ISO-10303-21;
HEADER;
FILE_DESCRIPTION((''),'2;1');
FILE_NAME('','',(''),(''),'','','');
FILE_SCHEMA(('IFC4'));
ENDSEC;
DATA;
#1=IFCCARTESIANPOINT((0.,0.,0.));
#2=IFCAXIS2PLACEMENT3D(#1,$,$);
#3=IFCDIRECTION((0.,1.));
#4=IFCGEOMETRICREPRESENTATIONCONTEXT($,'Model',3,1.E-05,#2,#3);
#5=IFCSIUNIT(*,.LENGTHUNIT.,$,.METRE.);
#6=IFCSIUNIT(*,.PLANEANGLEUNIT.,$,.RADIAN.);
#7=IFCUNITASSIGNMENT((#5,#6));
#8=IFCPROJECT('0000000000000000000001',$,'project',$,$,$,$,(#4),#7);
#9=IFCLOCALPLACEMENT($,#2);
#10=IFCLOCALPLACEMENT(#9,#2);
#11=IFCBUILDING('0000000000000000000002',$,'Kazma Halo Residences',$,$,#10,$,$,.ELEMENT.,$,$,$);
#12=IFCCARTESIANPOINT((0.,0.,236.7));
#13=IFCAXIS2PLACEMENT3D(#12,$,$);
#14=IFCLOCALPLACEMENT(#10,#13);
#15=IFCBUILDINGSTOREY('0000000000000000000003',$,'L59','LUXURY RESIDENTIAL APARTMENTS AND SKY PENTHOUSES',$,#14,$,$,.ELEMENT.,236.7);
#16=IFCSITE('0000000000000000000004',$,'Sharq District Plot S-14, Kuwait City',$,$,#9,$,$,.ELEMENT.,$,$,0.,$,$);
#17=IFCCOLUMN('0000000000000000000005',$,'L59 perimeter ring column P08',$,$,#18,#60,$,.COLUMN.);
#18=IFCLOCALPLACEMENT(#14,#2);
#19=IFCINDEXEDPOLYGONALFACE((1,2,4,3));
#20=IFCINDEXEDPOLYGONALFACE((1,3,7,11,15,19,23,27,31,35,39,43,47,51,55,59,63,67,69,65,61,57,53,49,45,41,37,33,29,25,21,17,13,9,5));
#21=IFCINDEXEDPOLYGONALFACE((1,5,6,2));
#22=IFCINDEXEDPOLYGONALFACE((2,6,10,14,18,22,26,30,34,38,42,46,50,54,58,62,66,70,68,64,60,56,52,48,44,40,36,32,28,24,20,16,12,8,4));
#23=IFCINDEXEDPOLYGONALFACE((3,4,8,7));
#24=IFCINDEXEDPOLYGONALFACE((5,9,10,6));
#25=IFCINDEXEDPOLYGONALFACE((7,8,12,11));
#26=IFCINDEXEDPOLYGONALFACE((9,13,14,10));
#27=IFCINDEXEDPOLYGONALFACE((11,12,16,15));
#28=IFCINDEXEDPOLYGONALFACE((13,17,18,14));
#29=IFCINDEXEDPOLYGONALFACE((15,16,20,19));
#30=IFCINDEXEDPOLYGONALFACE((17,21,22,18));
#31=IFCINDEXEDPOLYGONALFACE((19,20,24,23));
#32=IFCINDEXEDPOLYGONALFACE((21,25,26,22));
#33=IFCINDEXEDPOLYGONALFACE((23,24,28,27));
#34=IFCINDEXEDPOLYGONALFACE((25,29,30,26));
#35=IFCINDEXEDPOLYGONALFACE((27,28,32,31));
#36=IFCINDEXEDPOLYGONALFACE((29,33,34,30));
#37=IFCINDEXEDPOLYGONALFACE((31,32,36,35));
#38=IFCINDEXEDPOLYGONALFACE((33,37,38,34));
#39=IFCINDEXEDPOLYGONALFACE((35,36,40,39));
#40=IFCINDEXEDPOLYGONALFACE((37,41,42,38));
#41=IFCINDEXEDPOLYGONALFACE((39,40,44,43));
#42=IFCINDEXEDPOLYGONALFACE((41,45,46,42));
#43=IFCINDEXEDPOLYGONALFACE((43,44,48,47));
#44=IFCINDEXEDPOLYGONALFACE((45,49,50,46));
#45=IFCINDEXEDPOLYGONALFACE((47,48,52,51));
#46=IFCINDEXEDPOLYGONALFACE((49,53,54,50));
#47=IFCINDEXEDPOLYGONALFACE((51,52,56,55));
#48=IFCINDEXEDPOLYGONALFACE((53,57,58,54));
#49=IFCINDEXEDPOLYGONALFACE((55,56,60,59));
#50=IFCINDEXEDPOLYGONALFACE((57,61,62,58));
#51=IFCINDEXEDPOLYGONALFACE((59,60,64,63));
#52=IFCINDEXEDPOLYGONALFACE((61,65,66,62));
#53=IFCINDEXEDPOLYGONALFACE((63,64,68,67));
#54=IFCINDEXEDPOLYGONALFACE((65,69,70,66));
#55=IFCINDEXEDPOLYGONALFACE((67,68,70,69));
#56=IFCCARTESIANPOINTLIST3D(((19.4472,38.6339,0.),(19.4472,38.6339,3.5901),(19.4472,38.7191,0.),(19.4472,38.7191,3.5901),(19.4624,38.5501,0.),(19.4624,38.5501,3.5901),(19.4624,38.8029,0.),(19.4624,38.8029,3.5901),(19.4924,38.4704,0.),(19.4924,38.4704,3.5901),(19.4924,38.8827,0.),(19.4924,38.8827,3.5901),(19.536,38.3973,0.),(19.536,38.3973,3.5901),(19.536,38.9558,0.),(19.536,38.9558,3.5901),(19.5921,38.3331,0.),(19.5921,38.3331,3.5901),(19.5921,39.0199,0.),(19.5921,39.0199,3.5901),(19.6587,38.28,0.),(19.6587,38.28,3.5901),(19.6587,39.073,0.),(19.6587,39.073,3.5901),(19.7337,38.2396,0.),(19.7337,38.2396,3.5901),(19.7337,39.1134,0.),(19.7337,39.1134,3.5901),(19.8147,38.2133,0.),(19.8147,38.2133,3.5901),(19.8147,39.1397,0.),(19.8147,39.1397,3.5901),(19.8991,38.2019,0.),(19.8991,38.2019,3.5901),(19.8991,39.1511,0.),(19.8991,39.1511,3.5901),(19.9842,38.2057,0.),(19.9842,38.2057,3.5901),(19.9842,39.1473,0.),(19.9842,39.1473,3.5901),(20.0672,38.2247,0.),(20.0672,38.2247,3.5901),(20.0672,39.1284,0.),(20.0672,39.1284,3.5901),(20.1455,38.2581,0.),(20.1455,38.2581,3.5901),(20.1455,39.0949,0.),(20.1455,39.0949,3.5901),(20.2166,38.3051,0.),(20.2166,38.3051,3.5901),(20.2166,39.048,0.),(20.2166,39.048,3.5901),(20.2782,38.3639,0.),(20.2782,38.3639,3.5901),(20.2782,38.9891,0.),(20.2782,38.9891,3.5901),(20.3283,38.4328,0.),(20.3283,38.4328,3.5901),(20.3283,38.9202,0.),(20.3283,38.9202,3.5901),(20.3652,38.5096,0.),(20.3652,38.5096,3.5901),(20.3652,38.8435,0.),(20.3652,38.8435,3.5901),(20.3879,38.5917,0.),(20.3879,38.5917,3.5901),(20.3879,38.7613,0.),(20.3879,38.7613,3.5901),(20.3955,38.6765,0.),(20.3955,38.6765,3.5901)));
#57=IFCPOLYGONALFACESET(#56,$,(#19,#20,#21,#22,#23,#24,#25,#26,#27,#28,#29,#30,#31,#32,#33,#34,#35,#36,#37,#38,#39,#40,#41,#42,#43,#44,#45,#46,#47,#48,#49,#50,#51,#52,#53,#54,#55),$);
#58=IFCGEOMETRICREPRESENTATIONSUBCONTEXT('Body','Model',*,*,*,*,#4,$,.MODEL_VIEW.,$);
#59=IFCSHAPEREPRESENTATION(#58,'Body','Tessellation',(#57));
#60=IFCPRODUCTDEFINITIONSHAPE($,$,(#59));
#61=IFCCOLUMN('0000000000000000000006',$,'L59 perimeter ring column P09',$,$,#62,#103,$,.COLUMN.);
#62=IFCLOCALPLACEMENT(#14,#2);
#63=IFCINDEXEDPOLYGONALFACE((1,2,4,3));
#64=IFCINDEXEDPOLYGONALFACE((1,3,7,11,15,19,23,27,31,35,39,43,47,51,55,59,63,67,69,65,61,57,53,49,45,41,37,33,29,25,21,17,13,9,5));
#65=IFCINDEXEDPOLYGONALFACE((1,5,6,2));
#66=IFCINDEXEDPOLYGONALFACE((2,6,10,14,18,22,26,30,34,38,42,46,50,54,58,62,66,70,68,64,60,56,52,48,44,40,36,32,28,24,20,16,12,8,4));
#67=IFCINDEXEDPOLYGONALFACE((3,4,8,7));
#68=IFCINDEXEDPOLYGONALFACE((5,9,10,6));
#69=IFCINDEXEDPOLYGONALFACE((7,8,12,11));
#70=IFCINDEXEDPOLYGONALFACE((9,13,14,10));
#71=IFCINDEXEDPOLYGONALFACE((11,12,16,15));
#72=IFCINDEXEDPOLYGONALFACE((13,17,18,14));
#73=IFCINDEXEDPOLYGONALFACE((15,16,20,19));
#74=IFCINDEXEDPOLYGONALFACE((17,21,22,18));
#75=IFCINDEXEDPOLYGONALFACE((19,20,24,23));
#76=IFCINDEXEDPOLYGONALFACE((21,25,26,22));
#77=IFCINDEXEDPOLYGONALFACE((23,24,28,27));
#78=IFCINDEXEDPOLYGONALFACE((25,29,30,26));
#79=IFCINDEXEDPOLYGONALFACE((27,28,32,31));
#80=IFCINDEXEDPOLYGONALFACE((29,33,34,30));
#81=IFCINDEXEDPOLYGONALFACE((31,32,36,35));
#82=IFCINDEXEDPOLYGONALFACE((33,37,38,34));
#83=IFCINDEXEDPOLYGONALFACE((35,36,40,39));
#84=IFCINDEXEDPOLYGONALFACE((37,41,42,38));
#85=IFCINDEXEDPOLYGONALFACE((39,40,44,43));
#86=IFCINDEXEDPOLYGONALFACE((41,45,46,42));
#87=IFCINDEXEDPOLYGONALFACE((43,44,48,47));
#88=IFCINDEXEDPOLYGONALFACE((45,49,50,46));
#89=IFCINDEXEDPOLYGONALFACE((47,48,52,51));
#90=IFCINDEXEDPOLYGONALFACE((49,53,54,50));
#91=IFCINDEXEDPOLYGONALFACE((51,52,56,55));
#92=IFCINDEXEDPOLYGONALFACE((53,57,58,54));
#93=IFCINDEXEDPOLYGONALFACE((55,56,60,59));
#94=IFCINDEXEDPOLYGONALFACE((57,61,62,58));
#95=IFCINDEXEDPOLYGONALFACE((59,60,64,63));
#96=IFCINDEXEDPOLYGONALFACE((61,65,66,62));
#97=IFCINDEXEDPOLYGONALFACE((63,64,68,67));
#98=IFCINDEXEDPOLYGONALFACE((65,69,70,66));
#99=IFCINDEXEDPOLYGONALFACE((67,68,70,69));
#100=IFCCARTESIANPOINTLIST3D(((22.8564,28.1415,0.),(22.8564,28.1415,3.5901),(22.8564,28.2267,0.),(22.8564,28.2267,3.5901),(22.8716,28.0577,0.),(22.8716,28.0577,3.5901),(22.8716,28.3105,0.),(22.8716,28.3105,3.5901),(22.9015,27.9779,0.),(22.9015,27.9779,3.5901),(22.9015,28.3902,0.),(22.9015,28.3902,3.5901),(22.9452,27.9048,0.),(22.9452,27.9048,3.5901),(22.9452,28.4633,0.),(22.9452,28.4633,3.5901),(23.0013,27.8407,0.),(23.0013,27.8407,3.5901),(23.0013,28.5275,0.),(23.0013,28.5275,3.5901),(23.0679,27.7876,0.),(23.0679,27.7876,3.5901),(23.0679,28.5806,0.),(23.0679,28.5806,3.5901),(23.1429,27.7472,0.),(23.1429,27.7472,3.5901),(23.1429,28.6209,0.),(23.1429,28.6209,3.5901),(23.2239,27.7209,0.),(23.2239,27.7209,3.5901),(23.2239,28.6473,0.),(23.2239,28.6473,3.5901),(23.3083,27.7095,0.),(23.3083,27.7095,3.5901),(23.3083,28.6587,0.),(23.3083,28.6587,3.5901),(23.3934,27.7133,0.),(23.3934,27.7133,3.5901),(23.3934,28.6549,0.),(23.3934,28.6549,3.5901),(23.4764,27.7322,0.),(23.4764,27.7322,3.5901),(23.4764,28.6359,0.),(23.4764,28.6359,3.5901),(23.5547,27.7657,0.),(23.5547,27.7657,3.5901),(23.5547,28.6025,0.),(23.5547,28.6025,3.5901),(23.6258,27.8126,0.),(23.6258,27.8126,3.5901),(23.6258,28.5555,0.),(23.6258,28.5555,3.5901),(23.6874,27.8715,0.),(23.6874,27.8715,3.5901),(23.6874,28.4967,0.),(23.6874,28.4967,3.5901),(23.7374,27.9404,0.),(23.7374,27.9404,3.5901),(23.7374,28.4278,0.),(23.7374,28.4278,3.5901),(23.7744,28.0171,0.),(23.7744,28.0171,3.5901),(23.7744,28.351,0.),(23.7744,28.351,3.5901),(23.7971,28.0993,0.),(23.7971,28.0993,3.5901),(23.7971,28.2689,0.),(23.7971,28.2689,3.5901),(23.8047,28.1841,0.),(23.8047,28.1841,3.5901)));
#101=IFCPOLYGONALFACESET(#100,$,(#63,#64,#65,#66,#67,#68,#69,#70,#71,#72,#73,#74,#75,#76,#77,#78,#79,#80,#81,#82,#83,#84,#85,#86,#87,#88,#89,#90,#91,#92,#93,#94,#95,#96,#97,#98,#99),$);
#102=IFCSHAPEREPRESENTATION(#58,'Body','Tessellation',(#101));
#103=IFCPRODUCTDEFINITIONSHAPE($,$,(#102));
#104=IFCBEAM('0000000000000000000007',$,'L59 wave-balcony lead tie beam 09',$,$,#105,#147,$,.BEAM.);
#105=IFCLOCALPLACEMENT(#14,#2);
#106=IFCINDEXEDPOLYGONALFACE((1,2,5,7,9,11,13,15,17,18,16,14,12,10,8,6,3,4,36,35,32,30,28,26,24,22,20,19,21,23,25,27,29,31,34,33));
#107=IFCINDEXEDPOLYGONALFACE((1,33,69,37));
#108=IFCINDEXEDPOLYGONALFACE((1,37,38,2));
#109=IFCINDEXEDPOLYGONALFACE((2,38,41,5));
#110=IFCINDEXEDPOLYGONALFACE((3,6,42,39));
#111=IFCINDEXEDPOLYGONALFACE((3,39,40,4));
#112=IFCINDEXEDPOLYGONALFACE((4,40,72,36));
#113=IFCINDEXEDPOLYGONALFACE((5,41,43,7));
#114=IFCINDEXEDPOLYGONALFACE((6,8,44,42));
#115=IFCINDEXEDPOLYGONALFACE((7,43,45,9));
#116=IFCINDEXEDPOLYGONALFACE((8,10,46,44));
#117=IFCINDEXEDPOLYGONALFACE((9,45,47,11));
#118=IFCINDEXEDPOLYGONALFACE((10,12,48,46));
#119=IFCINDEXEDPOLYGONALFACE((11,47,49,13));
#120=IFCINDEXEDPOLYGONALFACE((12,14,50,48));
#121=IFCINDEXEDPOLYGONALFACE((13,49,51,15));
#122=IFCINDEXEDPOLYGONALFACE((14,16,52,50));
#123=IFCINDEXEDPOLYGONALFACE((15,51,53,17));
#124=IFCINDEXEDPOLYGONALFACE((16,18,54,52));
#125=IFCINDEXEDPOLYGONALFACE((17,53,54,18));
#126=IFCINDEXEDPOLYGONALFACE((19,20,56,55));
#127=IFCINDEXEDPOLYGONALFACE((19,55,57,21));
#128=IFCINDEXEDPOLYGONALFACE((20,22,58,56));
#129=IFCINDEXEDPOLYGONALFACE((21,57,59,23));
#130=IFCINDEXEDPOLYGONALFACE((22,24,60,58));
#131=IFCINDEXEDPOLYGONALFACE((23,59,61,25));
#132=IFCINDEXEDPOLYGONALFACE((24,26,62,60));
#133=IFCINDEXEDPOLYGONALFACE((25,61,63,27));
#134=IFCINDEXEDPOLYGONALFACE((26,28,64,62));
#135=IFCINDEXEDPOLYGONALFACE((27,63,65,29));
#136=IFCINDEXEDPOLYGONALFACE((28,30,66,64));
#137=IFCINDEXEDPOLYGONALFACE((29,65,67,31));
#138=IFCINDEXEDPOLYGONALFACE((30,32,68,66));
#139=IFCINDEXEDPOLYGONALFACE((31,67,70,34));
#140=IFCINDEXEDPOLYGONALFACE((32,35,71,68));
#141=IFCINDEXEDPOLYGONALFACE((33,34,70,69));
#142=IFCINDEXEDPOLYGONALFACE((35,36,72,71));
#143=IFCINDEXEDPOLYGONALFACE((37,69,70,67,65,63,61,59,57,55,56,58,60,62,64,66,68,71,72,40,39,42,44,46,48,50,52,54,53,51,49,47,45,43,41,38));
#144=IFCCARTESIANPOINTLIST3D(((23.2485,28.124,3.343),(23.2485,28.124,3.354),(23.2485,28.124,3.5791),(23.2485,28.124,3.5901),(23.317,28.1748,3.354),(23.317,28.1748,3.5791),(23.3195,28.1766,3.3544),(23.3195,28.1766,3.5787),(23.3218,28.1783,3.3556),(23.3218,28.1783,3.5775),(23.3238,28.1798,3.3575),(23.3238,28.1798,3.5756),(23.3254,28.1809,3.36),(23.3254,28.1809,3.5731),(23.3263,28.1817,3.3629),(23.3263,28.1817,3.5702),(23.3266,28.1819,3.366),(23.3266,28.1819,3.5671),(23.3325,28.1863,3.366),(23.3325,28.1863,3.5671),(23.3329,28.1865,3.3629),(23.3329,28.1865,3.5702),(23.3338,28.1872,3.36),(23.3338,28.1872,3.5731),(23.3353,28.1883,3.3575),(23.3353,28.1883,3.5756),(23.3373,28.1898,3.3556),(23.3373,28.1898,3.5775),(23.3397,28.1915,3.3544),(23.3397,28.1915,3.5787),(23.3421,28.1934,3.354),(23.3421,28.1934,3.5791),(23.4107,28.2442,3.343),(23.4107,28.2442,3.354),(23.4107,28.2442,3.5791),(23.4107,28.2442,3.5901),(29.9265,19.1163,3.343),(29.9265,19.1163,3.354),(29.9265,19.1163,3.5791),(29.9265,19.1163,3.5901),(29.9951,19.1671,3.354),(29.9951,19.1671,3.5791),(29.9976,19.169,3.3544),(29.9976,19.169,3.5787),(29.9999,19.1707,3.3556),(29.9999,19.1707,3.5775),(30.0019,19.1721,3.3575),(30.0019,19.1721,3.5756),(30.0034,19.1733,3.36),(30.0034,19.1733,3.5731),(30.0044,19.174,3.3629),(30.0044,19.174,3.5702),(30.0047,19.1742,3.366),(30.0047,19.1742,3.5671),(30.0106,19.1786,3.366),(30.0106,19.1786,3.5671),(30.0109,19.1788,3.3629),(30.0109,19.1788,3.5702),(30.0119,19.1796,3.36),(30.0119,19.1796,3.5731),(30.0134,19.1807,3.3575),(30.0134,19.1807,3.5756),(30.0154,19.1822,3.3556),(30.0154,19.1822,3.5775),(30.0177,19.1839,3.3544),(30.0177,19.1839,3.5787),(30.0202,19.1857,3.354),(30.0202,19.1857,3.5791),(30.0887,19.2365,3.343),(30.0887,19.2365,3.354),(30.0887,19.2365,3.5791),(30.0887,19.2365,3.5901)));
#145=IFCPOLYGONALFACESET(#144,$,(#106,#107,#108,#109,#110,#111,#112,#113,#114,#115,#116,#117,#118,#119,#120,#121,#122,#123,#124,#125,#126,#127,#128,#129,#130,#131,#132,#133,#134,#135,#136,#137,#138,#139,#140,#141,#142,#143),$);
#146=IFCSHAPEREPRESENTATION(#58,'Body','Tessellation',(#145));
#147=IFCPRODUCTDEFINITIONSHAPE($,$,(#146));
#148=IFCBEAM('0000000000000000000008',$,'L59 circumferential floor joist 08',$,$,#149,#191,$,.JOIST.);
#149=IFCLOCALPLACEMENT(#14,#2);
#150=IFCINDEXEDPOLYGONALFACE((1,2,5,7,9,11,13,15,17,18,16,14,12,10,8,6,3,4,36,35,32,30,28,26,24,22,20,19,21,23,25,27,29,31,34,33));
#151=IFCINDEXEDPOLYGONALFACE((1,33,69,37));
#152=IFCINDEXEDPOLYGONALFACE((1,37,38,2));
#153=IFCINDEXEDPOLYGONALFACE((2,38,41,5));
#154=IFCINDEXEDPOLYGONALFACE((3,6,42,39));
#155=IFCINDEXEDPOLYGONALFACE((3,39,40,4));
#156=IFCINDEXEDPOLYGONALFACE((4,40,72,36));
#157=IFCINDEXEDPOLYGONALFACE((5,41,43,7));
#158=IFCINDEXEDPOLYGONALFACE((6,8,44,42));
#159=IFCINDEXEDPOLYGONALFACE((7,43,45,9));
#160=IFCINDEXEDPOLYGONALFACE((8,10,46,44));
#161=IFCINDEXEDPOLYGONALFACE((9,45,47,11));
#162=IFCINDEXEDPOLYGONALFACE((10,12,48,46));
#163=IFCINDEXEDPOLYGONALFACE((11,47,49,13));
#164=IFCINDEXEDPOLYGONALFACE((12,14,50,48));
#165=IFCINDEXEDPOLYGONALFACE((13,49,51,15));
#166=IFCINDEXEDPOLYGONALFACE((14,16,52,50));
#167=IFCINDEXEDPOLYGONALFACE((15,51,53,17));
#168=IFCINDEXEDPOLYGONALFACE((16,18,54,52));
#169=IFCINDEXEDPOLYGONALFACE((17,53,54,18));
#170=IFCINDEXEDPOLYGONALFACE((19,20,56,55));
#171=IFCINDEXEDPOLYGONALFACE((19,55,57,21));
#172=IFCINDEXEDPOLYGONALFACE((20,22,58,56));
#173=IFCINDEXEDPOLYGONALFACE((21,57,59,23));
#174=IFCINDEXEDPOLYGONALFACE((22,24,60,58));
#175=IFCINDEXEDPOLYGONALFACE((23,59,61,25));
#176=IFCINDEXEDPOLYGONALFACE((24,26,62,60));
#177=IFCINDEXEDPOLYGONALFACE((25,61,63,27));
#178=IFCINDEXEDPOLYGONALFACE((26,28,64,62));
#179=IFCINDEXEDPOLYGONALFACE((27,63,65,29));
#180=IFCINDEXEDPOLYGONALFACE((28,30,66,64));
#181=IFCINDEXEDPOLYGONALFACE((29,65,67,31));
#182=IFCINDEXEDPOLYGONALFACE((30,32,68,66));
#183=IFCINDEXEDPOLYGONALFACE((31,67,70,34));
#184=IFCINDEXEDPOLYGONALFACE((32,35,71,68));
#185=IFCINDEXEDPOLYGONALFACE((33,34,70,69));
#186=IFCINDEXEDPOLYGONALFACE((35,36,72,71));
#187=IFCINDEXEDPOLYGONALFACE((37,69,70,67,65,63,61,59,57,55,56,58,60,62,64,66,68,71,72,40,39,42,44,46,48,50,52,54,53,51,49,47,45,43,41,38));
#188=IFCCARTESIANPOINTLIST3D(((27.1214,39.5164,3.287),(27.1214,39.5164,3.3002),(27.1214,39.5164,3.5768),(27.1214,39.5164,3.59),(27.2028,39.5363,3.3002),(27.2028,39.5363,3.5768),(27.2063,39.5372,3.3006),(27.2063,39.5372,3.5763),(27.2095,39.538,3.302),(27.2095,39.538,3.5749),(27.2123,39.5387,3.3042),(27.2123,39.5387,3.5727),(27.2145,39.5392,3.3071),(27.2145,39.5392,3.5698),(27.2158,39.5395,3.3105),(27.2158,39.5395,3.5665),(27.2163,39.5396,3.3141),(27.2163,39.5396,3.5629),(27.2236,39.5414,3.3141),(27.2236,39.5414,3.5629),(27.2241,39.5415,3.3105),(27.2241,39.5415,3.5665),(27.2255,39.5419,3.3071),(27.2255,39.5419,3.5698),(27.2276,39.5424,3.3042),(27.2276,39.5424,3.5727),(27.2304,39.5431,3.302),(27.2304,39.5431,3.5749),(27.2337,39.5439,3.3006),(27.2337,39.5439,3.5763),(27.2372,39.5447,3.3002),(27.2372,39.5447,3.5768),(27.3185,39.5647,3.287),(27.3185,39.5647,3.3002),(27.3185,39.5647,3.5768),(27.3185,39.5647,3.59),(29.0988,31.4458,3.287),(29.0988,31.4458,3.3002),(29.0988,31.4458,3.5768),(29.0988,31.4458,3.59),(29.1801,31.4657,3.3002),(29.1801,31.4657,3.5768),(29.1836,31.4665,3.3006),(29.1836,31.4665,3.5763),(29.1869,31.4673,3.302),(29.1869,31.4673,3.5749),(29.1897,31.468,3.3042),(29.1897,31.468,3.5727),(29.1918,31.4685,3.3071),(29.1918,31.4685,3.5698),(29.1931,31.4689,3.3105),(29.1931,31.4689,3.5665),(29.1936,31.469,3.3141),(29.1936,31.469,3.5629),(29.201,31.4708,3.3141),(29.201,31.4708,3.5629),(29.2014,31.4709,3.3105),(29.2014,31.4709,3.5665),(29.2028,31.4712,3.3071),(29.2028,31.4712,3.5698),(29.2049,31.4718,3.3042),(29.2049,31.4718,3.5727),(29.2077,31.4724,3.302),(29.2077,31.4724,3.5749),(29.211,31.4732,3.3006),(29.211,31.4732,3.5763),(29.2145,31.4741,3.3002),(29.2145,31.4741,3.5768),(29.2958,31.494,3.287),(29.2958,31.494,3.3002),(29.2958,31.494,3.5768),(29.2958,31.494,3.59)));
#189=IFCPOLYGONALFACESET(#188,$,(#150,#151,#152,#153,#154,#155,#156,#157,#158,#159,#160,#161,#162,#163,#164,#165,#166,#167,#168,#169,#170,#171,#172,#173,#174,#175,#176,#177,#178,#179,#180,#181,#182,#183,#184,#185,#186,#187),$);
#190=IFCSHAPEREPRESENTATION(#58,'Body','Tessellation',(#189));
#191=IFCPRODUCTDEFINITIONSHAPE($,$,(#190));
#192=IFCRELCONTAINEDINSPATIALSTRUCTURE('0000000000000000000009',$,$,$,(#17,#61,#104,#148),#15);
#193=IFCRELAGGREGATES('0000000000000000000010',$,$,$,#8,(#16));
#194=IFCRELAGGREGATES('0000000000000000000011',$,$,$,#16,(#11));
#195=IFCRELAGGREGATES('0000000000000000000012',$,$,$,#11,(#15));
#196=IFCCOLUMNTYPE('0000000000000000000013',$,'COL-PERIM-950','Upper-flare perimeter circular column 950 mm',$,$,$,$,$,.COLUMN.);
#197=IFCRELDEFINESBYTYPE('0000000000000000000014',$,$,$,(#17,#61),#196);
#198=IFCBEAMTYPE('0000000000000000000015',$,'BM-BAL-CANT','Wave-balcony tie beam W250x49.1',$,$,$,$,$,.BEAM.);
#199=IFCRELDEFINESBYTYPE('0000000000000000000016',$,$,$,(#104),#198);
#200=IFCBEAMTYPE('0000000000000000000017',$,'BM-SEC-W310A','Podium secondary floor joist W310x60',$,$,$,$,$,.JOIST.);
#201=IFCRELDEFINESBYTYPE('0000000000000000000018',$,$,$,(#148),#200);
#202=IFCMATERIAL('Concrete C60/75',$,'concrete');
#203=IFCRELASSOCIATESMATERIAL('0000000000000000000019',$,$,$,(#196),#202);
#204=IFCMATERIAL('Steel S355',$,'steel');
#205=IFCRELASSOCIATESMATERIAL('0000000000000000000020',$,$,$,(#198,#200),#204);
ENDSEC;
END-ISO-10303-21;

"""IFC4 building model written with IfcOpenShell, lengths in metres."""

from ifc_helpers import new_model, si_unit, direction, frame, origin, origin_2d, place, context, subcontext, project, spatial, circle, i_section, extrude, material, material_profile, profile_set, type_object, element, save


model = new_model("IFC4")

# Units and contexts
model_context = context("Model", 3, precision=1e-05, world=origin(), true_north=direction((0.0, 1.0)))
body_context = subcontext(model_context, "Body", "Model", "MODEL_VIEW")
ifc_project = project(units=[si_unit("LENGTHUNIT", "METRE"), si_unit("PLANEANGLEUNIT", "RADIAN")], contexts=[model_context])

# Site, building, storey
site_placement = place(None, origin())
site = spatial("IfcSite", under=ifc_project, at=site_placement, Name="Sharq District Plot S-14, Kuwait City", CompositionType="ELEMENT", RefElevation=0.0)
building_placement = place(site_placement, origin())
building = spatial("IfcBuilding", under=site, at=building_placement, Name="Kazma Halo Residences", CompositionType="ELEMENT")
storey_placement = place(building_placement, frame((0.0, 0.0, 236.7)))
storey = spatial("IfcBuildingStorey", under=building, at=storey_placement, Name="L59", Description="LUXURY RESIDENTIAL APARTMENTS AND SKY PENTHOUSES", CompositionType="ELEMENT", Elevation=236.7)

# Columns
ifc_material_1 = material(Name="Concrete C60/75", Category="concrete")
ifc_material_profile_1 = material_profile(ifc_material_1, circle(Radius=0.4751, at=origin_2d()), Name="CIRC950")
ifc_profile_set_1 = profile_set([ifc_material_profile_1], Name="Concrete C60/75")
column_type = type_object("IfcColumnType", Name="COL-PERIM-950", Description="Upper-flare perimeter circular column 950 mm", PredefinedType="COLUMN", material=ifc_profile_set_1)
for number, where, z_axis, x_axis, name in (
    (1, (19.9204, 38.6765, 0.0), (0.0, 0.0, 1.0), (1.0, 0.0, 0.0), "L59 perimeter ring column P08"),
    (2, (23.3296, 28.1841, 0.0), (0.0, 0.0, 1.0), (1.0, 0.0, 0.0), "L59 perimeter ring column P09"),
):
    element("IfcColumn", number, at=place(storey_placement, frame(where, z_axis=z_axis, x_axis=x_axis)), inside=storey, type_object=column_type, Name=name, PredefinedType="COLUMN", context=body_context, shape_type="SweptSolid", body=[
        extrude(circle(Radius=0.4751, at=origin_2d()), origin(), (0.0, 0.0, 1.0), 3.5901),
    ])

# Beams
ifc_material_2 = material(Name="Steel S355", Category="steel")
ifc_material_profile_2 = material_profile(ifc_material_2, i_section(OverallWidth=0.2019, OverallDepth=0.2471, WebThickness=0.0073, FlangeThickness=0.011, FilletRadius=0.012, at=origin_2d()), Name="W250x49.1")
ifc_profile_set_2 = profile_set([ifc_material_profile_2], Name="Steel S355")
beam_type_1 = type_object("IfcBeamType", Name="BM-BAL-CANT", Description="Wave-balcony tie beam W250x49.1", PredefinedType="BEAM", material=ifc_profile_set_2)
beam_1_placement = place(storey_placement, frame((23.3296, 28.1841, 3.4666), z_axis=(0.595556, -0.803314, 0.0), x_axis=(0.803314, 0.595556, 0.0)))
element("IfcBeam", 3, at=beam_1_placement, inside=storey, type_object=beam_type_1, Name="L59 wave-balcony lead tie beam 09", PredefinedType="BEAM", context=body_context, shape_type="SweptSolid", body=[
    extrude(i_section(OverallWidth=0.2019, OverallDepth=0.2471, WebThickness=0.0073, FlangeThickness=0.011, FilletRadius=0.012, at=origin_2d()), origin(), (0.0, 0.0, 1.0), 11.2131),
])
ifc_material_profile_3 = material_profile(ifc_material_2, i_section(OverallWidth=0.2029, OverallDepth=0.303, WebThickness=0.0076, FlangeThickness=0.0132, FilletRadius=0.0139, at=origin_2d()), Name="W310x60")
ifc_profile_set_3 = profile_set([ifc_material_profile_3], Name="Steel S355")
beam_type_2 = type_object("IfcBeamType", Name="BM-SEC-W310A", Description="Podium secondary floor joist W310x60", PredefinedType="JOIST", material=ifc_profile_set_3)
beam_2_placement = place(storey_placement, frame((27.22, 39.5405, 3.4385), z_axis=(0.237963, -0.971274, 0.0), x_axis=(0.971274, 0.237963, 0.0)))
element("IfcBeam", 4, at=beam_2_placement, inside=storey, type_object=beam_type_2, Name="L59 circumferential floor joist 08", PredefinedType="JOIST", context=body_context, shape_type="SweptSolid", body=[
    extrude(i_section(OverallWidth=0.2029, OverallDepth=0.303, WebThickness=0.0076, FlangeThickness=0.0132, FilletRadius=0.0139, at=origin_2d()), origin(), (0.0, 0.0, 1.0), 8.3093),
])

save(model, "model.ifc")
